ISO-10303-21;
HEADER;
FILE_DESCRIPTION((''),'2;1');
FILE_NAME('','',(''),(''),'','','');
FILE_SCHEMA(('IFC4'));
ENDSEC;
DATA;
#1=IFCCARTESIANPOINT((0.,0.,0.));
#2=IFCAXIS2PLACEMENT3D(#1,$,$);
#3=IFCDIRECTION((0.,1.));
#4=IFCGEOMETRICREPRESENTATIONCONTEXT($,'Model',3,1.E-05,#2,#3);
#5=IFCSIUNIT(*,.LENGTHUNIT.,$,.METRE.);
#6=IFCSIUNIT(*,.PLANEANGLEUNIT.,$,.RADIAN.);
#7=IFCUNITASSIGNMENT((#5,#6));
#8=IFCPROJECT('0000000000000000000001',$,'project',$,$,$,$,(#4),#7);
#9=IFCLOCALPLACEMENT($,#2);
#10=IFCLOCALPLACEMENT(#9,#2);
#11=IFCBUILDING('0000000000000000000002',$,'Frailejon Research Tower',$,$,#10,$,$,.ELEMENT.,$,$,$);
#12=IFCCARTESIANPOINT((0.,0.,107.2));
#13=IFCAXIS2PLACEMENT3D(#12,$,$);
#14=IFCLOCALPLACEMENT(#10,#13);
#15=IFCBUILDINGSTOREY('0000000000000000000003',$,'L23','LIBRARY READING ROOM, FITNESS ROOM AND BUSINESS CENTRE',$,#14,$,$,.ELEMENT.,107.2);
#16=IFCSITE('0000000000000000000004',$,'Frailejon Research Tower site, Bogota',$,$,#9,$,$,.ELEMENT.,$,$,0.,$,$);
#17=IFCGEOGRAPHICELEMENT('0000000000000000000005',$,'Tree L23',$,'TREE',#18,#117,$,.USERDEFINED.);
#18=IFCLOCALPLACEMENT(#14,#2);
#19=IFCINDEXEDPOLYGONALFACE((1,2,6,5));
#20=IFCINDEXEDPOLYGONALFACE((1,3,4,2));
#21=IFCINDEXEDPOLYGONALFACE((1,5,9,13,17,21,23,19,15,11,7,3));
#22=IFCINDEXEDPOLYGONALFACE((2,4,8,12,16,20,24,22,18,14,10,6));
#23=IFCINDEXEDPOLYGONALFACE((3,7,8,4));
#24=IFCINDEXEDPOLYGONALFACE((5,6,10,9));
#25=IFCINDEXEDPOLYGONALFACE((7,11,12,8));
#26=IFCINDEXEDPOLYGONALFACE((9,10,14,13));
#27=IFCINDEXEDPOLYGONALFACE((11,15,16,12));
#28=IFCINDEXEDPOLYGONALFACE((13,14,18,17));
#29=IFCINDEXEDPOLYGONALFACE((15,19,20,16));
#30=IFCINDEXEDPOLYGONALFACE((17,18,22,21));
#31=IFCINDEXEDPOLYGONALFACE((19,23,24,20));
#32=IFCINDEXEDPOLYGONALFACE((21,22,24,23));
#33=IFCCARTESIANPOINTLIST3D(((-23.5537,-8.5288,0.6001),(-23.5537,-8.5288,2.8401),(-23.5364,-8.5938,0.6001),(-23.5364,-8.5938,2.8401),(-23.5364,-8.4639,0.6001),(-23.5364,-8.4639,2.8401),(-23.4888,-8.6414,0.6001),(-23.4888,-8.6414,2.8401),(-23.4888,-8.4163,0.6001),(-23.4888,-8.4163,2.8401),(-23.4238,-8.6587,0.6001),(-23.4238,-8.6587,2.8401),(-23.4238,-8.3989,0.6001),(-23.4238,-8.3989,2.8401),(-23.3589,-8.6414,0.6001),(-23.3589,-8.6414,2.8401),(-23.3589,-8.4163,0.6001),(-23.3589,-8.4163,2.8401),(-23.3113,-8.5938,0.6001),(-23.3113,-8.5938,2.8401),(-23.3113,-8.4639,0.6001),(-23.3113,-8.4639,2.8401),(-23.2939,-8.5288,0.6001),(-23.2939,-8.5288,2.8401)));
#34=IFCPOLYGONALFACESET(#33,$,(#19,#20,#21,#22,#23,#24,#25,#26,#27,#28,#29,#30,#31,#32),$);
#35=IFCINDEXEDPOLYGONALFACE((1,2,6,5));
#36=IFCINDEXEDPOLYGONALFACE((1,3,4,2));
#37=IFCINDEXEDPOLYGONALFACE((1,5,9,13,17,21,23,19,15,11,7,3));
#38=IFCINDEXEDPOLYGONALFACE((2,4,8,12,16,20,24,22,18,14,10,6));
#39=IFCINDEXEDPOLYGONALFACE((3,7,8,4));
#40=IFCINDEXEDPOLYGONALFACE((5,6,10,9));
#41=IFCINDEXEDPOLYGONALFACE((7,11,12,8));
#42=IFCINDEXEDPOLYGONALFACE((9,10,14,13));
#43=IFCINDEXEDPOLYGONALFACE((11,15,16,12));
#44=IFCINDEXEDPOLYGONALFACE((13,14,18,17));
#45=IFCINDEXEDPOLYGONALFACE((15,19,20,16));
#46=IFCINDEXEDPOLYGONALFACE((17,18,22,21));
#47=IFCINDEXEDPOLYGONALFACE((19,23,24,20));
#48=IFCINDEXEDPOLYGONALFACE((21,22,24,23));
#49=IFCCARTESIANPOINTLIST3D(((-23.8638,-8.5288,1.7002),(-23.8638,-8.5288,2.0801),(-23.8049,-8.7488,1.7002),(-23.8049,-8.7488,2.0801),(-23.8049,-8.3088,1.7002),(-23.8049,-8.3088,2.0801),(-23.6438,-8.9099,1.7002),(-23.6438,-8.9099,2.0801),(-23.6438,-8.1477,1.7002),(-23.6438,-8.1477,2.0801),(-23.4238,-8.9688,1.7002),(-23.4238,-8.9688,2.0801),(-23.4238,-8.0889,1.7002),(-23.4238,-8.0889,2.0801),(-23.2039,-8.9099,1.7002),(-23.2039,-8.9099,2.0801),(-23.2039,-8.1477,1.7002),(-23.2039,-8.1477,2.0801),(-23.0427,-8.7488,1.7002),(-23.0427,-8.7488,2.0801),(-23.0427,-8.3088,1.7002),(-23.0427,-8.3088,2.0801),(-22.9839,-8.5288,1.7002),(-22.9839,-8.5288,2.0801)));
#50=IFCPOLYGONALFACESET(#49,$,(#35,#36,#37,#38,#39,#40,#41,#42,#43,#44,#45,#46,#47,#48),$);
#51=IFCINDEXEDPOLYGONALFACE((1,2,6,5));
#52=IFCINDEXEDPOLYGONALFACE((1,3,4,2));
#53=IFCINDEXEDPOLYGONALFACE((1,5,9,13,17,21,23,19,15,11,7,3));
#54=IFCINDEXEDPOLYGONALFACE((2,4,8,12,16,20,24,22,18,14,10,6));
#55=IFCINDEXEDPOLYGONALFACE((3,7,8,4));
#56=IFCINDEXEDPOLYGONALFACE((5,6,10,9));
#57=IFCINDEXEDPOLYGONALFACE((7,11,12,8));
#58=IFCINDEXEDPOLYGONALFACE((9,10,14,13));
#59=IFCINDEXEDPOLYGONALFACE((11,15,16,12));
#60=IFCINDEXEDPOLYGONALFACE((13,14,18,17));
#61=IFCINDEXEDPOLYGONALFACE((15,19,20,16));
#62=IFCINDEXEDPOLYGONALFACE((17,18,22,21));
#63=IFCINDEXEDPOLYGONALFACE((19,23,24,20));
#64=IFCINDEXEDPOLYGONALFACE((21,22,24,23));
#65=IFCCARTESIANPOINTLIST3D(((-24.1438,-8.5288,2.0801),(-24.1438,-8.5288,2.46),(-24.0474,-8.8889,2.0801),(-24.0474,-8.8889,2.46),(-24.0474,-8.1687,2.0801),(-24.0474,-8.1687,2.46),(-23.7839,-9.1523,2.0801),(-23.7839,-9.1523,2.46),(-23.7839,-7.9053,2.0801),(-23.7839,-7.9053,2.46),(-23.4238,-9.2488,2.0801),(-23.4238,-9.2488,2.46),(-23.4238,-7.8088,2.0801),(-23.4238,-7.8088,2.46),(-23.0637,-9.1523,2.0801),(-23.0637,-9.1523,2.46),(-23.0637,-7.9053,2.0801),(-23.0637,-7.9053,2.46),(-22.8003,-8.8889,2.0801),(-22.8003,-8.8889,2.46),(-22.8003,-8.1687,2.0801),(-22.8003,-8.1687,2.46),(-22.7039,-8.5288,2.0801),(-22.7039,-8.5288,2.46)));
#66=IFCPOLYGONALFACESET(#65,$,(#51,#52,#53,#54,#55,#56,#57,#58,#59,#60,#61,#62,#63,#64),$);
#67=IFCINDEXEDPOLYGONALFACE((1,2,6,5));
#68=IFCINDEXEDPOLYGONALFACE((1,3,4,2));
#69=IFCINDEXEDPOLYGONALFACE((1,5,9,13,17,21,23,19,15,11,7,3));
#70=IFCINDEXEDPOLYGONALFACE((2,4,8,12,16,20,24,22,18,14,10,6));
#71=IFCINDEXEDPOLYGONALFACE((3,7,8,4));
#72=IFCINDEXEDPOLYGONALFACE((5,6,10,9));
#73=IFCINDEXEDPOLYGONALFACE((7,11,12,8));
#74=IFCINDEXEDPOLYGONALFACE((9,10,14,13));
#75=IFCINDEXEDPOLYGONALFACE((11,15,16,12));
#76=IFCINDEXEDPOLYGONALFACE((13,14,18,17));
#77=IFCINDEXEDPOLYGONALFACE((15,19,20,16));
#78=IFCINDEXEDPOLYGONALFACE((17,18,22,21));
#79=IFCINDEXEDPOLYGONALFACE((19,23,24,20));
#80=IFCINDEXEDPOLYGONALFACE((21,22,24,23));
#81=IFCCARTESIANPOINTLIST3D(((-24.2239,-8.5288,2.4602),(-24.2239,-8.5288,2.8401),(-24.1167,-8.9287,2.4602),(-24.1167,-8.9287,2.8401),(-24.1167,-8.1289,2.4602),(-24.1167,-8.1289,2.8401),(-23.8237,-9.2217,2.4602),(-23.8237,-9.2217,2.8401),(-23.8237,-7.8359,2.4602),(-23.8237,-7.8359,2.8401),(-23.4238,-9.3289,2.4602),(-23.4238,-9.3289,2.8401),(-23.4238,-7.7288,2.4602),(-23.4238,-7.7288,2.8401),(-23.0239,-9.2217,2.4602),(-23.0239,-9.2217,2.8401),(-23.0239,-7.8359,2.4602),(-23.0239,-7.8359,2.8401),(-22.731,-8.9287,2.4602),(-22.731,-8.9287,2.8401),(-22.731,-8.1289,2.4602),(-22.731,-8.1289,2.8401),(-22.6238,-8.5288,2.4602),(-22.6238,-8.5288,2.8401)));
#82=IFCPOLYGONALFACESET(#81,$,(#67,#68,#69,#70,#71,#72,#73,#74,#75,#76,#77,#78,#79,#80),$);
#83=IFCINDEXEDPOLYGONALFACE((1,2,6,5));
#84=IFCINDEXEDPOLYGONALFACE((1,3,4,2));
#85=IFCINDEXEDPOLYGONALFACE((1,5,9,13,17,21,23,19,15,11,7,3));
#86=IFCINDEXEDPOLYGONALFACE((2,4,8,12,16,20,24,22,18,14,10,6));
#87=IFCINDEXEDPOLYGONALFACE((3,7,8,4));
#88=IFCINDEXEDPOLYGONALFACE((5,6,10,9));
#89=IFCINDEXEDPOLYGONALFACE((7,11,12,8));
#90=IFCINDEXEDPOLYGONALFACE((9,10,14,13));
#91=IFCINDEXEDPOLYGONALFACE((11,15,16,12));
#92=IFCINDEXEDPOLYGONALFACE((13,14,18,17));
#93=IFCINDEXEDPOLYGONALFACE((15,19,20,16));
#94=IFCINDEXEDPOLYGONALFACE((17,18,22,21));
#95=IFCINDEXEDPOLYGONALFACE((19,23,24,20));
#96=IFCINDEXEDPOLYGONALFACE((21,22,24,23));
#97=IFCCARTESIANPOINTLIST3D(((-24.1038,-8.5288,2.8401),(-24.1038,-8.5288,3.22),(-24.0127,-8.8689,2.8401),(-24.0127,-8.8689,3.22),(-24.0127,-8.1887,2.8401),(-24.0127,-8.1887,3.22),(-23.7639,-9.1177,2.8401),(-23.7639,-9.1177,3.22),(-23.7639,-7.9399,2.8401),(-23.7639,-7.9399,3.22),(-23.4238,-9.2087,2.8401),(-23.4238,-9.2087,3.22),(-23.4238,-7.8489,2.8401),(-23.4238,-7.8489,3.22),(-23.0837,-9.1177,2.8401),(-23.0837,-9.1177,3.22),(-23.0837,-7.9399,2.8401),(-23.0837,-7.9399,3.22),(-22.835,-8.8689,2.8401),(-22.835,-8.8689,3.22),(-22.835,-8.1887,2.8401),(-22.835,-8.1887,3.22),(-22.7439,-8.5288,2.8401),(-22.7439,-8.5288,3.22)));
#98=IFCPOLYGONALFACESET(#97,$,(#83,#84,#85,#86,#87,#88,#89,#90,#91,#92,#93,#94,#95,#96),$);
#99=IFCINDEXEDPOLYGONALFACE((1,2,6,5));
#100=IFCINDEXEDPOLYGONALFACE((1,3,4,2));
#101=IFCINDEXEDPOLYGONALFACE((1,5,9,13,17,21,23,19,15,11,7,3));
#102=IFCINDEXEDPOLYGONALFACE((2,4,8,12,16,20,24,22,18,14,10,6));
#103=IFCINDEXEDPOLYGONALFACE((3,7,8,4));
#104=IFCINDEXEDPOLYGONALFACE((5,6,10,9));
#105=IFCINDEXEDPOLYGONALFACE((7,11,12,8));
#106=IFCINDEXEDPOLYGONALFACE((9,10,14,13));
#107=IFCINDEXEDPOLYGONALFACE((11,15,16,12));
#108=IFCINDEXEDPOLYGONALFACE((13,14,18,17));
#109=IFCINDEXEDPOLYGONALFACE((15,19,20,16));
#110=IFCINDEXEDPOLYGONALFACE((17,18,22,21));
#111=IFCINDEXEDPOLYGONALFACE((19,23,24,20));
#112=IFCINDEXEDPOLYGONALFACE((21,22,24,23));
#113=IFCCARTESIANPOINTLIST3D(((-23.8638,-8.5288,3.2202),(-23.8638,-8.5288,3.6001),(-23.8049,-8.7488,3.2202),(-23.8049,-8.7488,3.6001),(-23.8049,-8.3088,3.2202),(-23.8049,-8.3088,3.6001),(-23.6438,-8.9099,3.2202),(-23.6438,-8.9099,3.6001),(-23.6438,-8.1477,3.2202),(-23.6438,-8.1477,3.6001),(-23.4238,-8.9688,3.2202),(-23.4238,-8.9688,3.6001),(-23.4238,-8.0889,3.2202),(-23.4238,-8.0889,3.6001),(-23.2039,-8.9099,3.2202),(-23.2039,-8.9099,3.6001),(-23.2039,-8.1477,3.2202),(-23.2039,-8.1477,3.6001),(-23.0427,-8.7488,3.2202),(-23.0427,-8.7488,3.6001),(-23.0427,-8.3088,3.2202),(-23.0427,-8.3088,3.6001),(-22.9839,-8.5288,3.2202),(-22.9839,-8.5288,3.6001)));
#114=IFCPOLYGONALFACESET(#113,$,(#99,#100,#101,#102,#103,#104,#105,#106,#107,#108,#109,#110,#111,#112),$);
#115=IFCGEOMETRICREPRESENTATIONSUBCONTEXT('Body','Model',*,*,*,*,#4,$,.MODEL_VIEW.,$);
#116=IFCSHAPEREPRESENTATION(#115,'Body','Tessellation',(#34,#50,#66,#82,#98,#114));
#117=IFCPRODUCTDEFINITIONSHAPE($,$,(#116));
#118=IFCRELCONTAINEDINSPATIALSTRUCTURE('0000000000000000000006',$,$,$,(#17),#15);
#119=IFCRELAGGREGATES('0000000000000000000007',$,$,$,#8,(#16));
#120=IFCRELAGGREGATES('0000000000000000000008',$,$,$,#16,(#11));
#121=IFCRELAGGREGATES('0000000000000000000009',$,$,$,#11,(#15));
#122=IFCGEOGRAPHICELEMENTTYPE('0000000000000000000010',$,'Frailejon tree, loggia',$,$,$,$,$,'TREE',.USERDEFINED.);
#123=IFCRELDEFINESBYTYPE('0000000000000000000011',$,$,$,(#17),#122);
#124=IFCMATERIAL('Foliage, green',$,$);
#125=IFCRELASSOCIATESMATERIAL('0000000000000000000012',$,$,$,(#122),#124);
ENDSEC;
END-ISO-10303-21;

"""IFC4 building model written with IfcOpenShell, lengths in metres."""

from ifc_helpers import new_model, si_unit, direction, frame, origin, place, context, subcontext, project, spatial, polyline, outline, extrude, material, type_object, element, save


model = new_model("IFC4")

# Units and contexts
model_context = context("Model", 3, precision=1e-05, world=origin(), true_north=direction((0.0, 1.0)))
body_context = subcontext(model_context, "Body", "Model", "MODEL_VIEW")
ifc_project = project(units=[si_unit("LENGTHUNIT", "METRE"), si_unit("PLANEANGLEUNIT", "RADIAN")], contexts=[model_context])

# Site, building, storey
site_placement = place(None, origin())
site = spatial("IfcSite", under=ifc_project, at=site_placement, Name="Frailejon Research Tower site, Bogota", CompositionType="ELEMENT", RefElevation=0.0)
building_placement = place(site_placement, origin())
building = spatial("IfcBuilding", under=site, at=building_placement, Name="Frailejon Research Tower", CompositionType="ELEMENT")
storey_placement = place(building_placement, frame((0.0, 0.0, 107.2)))
storey = spatial("IfcBuildingStorey", under=building, at=storey_placement, Name="L23", Description="LIBRARY READING ROOM, FITNESS ROOM AND BUSINESS CENTRE", CompositionType="ELEMENT", Elevation=107.2)

# Geographic element
ifc_material_1 = material(Name="Foliage, green")
geographic_element_type = type_object("IfcGeographicElementType", Name="Frailejon tree, loggia", ElementType="TREE", PredefinedType="USERDEFINED", material=ifc_material_1)
geographic_element_placement = place(storey_placement, frame((-23.4238, -8.5288, 0.6001)))
element("IfcGeographicElement", 1, at=geographic_element_placement, inside=storey, type_object=geographic_element_type, Name="Tree L23", ObjectType="TREE", PredefinedType="USERDEFINED", context=body_context, shape_type="SweptSolid", body=[
    extrude(outline(polyline([(0.1299, 0.0), (0.1125, 0.0649), (0.0649, 0.1125), (0.0, 0.1299), (-0.0649, 0.1125), (-0.1125, 0.0649), (-0.1299, 0.0), (-0.1125, -0.0649), (-0.0649, -0.1125), (0.0, -0.1299), (0.0649, -0.1125), (0.1125, -0.0649), (0.1299, 0.0)])), origin(), (0.0, 0.0, 1.0), 2.24),
    extrude(outline(polyline([(0.4399, 0.0), (0.3811, 0.22), (0.22, 0.3811), (0.0, 0.4399), (-0.22, 0.3811), (-0.3811, 0.22), (-0.4399, 0.0), (-0.3811, -0.22), (-0.22, -0.3811), (0.0, -0.4399), (0.22, -0.3811), (0.3811, -0.22), (0.4399, 0.0)])), frame((0.0, 0.0, 1.1001)), (0.0, 0.0, 1.0), 0.3799),
    extrude(outline(polyline([(0.72, 0.0), (0.6235, 0.3601), (0.3601, 0.6235), (0.0, 0.72), (-0.3601, 0.6235), (-0.6235, 0.3601), (-0.72, 0.0), (-0.6235, -0.3601), (-0.3601, -0.6235), (0.0, -0.72), (0.3601, -0.6235), (0.6235, -0.3601), (0.72, 0.0)])), frame((0.0, 0.0, 1.48)), (0.0, 0.0, 1.0), 0.3799),
    extrude(outline(polyline([(0.8, 0.0), (0.6929, 0.3999), (0.3999, 0.6929), (0.0, 0.8), (-0.3999, 0.6929), (-0.6929, 0.3999), (-0.8, 0.0), (-0.6929, -0.3999), (-0.3999, -0.6929), (0.0, -0.8), (0.3999, -0.6929), (0.6929, -0.3999), (0.8, 0.0)])), frame((0.0, 0.0, 1.8601)), (0.0, 0.0, 1.0), 0.3799),
    extrude(outline(polyline([(0.6799, 0.0), (0.5889, 0.3401), (0.3401, 0.5889), (0.0, 0.6799), (-0.3401, 0.5889), (-0.5889, 0.3401), (-0.6799, 0.0), (-0.5889, -0.3401), (-0.3401, -0.5889), (0.0, -0.6799), (0.3401, -0.5889), (0.5889, -0.3401), (0.6799, 0.0)])), frame((0.0, 0.0, 2.24)), (0.0, 0.0, 1.0), 0.3799),
    extrude(outline(polyline([(0.4399, 0.0), (0.3811, 0.22), (0.22, 0.3811), (0.0, 0.4399), (-0.22, 0.3811), (-0.3811, 0.22), (-0.4399, 0.0), (-0.3811, -0.22), (-0.22, -0.3811), (0.0, -0.4399), (0.22, -0.3811), (0.3811, -0.22), (0.4399, 0.0)])), frame((0.0, 0.0, 2.6201)), (0.0, 0.0, 1.0), 0.3799),
])

save(model, "model.ifc")
